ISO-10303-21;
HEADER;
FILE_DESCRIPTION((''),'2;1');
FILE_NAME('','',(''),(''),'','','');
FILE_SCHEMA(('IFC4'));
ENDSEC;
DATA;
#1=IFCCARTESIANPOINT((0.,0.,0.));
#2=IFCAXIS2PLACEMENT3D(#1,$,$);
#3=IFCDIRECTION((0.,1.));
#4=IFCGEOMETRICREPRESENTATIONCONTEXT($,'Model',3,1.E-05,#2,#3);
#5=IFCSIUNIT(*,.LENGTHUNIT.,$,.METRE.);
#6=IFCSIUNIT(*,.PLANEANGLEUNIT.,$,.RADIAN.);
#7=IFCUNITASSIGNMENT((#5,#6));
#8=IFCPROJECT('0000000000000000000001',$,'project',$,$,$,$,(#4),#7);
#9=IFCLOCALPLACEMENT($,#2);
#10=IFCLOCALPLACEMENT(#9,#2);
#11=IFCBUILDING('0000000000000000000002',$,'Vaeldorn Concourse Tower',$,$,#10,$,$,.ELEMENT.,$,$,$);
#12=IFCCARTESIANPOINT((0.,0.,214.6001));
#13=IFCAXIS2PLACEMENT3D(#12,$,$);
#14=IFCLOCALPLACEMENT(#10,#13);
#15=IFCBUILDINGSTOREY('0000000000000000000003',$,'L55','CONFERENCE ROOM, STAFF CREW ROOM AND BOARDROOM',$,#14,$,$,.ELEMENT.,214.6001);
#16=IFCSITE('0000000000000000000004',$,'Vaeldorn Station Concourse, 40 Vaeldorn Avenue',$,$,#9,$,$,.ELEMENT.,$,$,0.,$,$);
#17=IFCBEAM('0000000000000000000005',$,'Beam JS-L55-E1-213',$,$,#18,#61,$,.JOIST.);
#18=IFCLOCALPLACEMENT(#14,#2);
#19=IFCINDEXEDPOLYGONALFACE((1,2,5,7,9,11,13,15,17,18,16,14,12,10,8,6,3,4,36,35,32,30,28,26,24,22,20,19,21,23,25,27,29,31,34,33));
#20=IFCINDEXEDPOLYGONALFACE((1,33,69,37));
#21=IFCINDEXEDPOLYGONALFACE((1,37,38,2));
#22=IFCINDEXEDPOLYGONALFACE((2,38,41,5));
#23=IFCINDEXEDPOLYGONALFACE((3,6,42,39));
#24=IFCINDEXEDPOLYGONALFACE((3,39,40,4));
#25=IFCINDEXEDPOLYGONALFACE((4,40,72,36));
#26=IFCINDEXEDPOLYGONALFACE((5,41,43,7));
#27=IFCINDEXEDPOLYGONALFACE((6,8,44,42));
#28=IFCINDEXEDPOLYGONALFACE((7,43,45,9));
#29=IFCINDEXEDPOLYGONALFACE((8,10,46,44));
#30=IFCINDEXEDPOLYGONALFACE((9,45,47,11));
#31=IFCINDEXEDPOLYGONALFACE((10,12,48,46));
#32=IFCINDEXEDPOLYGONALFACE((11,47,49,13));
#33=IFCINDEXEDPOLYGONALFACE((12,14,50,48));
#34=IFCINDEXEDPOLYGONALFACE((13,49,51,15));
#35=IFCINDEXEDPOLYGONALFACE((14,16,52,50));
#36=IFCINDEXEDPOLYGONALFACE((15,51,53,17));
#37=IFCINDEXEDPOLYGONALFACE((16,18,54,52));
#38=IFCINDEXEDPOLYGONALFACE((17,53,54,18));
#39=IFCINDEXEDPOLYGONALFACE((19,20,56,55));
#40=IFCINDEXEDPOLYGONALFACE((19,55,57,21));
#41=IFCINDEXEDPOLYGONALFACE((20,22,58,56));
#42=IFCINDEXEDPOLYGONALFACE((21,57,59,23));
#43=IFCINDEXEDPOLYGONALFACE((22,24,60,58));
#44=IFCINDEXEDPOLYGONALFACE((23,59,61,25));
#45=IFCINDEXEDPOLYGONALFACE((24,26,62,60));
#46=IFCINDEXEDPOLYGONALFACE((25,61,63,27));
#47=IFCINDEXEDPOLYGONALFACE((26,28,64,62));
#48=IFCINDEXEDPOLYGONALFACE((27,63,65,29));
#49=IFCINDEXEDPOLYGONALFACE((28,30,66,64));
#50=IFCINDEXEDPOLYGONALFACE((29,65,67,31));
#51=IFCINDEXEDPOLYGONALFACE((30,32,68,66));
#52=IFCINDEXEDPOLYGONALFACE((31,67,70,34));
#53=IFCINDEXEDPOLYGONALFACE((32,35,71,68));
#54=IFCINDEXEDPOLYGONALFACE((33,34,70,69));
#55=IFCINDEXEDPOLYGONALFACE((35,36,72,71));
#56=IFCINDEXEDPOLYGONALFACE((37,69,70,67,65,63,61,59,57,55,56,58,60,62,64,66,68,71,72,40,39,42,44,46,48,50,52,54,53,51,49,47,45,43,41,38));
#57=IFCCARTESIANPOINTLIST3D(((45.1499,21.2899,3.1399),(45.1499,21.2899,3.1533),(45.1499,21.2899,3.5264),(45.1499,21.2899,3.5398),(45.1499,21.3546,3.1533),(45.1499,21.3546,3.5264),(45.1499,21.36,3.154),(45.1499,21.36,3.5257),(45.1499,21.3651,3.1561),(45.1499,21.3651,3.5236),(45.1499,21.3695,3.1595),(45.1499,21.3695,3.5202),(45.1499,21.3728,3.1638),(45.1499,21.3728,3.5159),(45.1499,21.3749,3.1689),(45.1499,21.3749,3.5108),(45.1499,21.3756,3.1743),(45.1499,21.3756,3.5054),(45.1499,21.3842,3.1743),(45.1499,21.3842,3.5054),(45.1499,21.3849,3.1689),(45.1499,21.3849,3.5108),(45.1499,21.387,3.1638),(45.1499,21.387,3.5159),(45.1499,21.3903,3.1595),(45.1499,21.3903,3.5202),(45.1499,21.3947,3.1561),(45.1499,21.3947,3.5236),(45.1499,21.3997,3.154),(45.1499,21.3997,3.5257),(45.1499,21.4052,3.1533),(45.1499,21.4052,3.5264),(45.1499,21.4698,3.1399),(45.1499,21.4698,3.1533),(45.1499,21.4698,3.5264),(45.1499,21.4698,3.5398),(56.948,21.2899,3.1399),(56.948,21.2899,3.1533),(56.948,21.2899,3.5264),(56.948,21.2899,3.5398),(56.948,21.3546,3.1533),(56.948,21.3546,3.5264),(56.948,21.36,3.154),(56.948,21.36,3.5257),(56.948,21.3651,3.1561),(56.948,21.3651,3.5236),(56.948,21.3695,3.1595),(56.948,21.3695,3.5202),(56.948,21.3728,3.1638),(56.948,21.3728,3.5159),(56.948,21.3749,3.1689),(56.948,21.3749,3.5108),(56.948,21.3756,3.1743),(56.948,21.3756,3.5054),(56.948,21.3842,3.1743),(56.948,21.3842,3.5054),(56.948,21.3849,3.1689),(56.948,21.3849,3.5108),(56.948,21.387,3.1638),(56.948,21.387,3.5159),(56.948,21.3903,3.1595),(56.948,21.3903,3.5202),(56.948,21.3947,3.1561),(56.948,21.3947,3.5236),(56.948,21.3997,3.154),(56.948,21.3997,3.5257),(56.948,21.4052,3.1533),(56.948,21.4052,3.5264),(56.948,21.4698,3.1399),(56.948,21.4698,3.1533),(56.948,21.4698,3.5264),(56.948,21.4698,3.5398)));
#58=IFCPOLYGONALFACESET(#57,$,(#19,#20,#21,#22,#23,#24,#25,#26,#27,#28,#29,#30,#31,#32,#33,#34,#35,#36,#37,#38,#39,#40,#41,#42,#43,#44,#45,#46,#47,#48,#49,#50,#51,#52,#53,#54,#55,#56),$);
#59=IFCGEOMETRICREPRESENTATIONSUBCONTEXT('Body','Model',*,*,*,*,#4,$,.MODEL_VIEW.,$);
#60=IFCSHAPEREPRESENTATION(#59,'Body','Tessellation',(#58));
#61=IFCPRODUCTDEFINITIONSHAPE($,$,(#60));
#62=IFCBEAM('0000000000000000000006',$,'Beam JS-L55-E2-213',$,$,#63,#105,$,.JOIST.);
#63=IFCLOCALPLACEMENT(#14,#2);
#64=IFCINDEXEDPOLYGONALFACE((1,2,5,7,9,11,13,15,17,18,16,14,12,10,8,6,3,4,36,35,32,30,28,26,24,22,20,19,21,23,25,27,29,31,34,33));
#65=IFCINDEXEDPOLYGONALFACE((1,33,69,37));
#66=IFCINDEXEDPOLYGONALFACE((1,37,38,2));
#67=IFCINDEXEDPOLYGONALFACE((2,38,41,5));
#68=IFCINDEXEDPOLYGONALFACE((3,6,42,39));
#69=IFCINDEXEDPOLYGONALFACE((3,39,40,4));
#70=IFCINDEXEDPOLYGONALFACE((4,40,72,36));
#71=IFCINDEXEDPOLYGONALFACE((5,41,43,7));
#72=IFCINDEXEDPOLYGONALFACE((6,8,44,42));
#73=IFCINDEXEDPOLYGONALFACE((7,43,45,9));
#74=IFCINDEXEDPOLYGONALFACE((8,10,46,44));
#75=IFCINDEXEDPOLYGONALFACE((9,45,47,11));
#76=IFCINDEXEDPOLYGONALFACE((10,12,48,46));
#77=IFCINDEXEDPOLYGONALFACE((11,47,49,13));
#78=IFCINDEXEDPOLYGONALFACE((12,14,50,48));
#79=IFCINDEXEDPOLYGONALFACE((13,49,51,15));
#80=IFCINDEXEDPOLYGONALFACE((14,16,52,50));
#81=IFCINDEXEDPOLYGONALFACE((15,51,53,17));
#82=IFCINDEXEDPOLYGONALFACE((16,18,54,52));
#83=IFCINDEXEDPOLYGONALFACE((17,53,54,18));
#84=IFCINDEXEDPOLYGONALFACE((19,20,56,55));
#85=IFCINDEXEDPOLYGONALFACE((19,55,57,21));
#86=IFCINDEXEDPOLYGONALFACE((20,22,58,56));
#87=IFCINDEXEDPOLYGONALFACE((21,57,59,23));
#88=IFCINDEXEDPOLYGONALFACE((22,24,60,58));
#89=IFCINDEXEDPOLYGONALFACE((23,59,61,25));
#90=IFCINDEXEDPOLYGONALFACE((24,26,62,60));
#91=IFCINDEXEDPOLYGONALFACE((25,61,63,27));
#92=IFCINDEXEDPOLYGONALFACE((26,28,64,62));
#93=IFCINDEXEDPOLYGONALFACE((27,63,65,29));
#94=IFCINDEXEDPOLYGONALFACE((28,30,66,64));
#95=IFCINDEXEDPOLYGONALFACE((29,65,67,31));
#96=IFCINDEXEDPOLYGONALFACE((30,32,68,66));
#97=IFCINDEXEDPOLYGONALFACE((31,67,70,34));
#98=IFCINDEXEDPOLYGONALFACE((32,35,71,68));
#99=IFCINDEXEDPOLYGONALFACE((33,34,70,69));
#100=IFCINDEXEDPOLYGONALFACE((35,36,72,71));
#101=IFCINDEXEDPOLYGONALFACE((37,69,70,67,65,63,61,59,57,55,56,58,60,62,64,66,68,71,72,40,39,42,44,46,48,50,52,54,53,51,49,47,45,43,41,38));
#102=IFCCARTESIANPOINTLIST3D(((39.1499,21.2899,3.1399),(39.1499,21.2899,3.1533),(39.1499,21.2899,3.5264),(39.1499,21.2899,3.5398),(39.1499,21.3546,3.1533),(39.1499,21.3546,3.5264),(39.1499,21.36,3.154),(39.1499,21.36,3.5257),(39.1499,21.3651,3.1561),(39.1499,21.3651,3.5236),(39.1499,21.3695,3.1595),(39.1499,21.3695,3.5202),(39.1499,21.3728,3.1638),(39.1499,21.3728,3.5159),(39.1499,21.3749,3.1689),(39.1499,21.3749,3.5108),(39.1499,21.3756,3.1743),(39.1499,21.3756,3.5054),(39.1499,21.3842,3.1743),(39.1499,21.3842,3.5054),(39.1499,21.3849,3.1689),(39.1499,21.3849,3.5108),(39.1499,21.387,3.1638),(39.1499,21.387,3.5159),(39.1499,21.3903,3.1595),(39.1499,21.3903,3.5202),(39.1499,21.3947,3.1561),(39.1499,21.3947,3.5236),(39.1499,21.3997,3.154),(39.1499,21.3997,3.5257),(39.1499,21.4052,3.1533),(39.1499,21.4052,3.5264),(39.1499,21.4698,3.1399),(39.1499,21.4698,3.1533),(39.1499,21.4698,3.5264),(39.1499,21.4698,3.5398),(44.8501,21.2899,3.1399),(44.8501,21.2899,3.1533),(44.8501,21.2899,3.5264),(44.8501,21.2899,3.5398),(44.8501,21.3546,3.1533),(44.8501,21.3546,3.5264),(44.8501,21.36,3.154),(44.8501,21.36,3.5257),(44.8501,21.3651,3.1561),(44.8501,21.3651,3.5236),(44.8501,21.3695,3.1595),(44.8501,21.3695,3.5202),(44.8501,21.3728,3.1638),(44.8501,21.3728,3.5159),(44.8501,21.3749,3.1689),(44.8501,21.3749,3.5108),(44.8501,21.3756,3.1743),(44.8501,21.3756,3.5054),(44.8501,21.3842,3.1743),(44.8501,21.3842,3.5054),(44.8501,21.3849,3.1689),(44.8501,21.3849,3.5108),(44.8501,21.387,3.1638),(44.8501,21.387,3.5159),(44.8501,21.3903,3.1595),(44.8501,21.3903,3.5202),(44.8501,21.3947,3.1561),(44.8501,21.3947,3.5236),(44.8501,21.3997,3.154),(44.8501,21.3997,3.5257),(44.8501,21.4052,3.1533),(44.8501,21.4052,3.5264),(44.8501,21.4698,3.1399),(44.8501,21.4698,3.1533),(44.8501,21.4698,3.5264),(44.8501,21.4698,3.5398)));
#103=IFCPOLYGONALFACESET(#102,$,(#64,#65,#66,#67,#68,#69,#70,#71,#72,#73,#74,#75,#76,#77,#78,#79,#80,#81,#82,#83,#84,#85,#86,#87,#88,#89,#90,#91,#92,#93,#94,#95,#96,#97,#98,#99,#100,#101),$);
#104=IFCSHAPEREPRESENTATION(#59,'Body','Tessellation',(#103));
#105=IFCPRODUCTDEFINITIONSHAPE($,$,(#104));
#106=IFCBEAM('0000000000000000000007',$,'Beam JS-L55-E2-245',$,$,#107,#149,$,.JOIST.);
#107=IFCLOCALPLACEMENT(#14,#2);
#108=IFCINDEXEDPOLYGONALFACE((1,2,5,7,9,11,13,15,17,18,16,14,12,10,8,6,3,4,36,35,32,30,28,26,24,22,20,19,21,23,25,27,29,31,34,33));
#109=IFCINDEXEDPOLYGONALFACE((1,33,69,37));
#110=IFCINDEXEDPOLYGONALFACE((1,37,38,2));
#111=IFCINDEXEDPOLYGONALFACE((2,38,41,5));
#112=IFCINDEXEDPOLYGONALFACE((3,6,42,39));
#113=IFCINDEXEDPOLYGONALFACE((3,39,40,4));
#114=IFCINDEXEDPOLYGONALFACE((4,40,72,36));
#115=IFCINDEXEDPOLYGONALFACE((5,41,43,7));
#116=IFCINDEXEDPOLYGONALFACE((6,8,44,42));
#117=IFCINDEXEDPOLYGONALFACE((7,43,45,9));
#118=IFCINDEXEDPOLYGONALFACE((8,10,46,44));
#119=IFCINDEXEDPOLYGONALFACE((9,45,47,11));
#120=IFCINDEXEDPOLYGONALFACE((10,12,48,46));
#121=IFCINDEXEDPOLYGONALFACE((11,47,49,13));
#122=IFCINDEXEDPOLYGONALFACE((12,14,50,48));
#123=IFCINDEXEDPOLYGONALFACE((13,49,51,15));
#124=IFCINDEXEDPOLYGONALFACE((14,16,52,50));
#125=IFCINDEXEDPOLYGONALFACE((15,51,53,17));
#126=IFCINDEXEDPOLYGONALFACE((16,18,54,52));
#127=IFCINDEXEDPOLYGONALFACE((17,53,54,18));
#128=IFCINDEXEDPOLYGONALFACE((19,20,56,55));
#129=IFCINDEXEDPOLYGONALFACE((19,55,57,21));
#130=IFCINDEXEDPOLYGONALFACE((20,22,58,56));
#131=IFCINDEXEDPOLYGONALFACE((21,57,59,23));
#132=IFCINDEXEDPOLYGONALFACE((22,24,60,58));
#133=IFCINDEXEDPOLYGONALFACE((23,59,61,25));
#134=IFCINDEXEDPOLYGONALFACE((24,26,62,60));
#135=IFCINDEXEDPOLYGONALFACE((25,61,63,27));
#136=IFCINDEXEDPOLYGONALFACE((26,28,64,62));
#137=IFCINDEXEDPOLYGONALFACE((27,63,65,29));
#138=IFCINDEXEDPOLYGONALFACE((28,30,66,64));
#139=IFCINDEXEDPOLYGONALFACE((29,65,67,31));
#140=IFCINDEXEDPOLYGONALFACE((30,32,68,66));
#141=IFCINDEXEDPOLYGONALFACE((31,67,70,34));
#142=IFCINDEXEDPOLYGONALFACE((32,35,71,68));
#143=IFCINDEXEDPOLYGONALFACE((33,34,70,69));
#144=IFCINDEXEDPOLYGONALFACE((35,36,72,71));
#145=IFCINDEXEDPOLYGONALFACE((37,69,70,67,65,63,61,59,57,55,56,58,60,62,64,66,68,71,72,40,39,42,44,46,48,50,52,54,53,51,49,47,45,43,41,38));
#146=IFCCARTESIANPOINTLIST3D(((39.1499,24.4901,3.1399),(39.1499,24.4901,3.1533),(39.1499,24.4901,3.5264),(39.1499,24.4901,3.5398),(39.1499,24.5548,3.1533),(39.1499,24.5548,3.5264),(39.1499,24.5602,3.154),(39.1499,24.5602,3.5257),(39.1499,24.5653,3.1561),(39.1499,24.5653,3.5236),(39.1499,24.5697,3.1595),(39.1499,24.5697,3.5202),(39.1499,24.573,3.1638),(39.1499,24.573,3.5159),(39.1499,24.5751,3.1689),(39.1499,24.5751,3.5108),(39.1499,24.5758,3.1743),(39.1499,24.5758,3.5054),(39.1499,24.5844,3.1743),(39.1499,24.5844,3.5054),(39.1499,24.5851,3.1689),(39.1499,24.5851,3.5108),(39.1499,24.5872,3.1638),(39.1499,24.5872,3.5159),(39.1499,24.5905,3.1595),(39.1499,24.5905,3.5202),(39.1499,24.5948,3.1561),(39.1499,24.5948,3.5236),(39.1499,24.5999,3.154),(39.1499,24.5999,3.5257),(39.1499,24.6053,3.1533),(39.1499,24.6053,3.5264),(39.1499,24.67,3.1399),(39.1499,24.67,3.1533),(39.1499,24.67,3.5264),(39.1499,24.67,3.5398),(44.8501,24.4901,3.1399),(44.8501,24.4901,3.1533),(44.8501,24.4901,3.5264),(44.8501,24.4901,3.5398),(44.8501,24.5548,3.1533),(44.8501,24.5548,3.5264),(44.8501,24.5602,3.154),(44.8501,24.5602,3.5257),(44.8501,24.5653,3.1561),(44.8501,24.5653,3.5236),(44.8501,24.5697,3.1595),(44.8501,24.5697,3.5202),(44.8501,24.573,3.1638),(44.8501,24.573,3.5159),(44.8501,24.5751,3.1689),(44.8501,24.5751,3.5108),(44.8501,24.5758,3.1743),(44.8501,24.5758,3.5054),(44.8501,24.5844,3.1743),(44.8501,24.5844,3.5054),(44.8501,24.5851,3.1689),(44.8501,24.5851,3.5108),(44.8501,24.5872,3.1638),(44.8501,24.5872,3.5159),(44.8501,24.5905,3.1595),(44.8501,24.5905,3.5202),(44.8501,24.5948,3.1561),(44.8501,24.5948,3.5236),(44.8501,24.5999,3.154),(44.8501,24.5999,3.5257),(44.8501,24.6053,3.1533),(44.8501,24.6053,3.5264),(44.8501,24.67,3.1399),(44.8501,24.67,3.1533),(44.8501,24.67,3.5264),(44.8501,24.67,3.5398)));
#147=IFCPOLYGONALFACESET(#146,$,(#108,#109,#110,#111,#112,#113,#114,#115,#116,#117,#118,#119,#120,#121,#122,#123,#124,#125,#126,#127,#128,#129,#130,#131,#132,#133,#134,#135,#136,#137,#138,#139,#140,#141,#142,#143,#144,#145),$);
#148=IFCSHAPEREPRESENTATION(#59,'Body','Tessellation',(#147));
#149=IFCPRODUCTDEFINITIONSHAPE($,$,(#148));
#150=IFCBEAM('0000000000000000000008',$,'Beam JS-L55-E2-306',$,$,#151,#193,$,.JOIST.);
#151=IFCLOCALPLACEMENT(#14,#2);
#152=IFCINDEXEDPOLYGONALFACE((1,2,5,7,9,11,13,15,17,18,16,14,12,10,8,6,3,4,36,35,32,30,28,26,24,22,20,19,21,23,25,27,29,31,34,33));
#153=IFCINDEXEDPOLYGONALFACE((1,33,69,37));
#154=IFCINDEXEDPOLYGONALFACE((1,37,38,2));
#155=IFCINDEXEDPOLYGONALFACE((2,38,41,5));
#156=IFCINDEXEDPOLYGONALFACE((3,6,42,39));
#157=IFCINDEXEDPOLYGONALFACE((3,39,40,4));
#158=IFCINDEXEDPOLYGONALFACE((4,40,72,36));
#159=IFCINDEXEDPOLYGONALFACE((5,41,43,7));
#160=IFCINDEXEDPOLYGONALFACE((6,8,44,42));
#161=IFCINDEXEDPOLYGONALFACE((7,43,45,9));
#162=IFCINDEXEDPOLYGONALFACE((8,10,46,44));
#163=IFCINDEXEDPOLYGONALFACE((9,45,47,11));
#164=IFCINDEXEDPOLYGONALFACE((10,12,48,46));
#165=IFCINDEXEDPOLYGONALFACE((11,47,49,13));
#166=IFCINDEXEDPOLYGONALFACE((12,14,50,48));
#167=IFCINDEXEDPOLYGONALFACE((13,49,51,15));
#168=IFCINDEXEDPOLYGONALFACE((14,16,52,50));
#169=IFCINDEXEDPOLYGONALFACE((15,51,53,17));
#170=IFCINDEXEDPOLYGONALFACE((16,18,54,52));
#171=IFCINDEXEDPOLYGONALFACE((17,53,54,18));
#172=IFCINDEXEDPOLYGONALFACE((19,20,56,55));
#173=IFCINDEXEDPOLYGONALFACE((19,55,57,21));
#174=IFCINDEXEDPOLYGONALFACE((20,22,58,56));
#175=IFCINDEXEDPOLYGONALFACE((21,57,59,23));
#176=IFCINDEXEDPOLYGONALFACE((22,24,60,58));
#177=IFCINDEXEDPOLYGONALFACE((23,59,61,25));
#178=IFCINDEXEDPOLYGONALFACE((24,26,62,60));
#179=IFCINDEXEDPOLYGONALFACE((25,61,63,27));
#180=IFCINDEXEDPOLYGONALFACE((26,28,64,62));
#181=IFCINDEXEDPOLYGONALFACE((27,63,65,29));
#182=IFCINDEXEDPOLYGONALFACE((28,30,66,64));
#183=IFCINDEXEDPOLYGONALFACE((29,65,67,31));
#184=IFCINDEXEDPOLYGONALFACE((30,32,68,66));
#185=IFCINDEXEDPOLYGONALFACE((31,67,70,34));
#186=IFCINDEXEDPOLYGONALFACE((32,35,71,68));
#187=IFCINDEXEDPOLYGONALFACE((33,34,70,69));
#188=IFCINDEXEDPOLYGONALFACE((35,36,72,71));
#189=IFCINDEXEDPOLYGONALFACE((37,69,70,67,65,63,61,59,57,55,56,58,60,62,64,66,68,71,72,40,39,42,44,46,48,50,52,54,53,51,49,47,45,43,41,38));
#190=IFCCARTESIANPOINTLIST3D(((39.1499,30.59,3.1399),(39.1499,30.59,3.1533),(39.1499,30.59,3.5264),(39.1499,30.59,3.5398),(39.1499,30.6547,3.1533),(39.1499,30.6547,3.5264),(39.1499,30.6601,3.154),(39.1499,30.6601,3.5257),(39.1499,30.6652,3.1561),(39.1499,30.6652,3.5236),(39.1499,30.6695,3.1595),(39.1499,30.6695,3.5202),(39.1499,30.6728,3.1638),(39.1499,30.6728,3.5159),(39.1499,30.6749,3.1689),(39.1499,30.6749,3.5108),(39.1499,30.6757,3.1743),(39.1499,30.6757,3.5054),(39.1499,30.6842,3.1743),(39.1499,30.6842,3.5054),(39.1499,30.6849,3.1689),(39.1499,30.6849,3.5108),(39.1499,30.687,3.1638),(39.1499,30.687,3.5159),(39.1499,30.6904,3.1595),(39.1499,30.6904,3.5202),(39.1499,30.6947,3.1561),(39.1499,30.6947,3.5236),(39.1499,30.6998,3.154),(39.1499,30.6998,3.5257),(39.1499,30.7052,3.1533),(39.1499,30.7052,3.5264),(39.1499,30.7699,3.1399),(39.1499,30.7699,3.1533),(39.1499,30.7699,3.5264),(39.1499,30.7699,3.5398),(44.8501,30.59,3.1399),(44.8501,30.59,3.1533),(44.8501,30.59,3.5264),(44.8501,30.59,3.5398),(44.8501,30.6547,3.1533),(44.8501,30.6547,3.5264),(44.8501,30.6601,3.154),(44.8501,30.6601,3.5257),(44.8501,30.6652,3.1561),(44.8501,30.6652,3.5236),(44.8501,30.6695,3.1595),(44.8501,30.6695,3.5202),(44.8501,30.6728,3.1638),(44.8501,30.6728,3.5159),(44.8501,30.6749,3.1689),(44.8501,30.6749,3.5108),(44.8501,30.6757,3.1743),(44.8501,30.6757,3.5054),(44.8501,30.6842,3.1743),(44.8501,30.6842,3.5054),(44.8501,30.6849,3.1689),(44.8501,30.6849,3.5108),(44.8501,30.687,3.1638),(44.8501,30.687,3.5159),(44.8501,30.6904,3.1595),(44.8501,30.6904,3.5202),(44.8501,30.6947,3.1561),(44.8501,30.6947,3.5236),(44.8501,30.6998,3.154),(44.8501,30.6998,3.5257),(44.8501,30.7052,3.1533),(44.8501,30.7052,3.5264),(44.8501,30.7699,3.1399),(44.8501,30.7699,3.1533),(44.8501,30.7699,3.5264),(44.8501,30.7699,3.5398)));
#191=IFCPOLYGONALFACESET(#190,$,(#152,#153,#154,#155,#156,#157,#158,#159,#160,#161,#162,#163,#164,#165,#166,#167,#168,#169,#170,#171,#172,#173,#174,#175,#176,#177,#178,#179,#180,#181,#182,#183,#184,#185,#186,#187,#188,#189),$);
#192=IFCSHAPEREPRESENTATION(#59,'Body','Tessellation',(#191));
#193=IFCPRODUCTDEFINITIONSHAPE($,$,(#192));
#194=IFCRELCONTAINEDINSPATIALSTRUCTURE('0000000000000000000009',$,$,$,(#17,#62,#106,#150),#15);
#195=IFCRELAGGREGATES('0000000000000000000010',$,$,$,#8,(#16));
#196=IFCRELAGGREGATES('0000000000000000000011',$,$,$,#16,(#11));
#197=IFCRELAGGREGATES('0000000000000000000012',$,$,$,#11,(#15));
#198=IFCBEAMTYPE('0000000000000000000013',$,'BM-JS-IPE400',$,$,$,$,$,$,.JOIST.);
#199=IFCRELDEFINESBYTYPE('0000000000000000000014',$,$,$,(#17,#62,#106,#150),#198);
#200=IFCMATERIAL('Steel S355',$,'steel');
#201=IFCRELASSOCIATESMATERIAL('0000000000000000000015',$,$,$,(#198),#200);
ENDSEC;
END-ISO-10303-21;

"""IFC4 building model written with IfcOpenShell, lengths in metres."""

from ifc_helpers import new_model, si_unit, direction, frame, origin, origin_2d, place, context, subcontext, project, spatial, i_section, extrude, source, transform, mapped, material, material_profile, profile_set, type_object, element, save


model = new_model("IFC4")

# Units and contexts
model_context = context("Model", 3, precision=1e-05, world=origin(), true_north=direction((0.0, 1.0)))
body_context = subcontext(model_context, "Body", "Model", "MODEL_VIEW")
ifc_project = project(units=[si_unit("LENGTHUNIT", "METRE"), si_unit("PLANEANGLEUNIT", "RADIAN")], contexts=[model_context])

# Site, building, storey
site_placement = place(None, origin())
site = spatial("IfcSite", under=ifc_project, at=site_placement, Name="Vaeldorn Station Concourse, 40 Vaeldorn Avenue", CompositionType="ELEMENT", RefElevation=0.0)
building_placement = place(site_placement, origin())
building = spatial("IfcBuilding", under=site, at=building_placement, Name="Vaeldorn Concourse Tower", CompositionType="ELEMENT")
storey_placement = place(building_placement, frame((0.0, 0.0, 214.6001)))
storey = spatial("IfcBuildingStorey", under=building, at=storey_placement, Name="L55", Description="CONFERENCE ROOM, STAFF CREW ROOM AND BOARDROOM", CompositionType="ELEMENT", Elevation=214.6001)

# Shared definitions
ifc_material_1 = material(Name="Steel S355", Category="steel")

# Beams
ifc_material_profile_1 = material_profile(ifc_material_1, i_section(OverallWidth=0.1799, OverallDepth=0.3999, WebThickness=0.0085, FlangeThickness=0.0134, FilletRadius=0.021, at=origin_2d()), Name="IPE 400")
ifc_profile_set_1 = profile_set([ifc_material_profile_1], Name="Steel S355")
beam_type_1 = type_object("IfcBeamType", Name="BM-JS-IPE400", PredefinedType="JOIST", material=ifc_profile_set_1)
shared_shape_1 = source(origin(), body_context, "Body", "SweptSolid", [
    extrude(i_section(OverallWidth=0.1799, OverallDepth=0.3999, WebThickness=0.0085, FlangeThickness=0.0134, FilletRadius=0.021, at=origin_2d()), origin(), (0.0, 0.0, 1.0), 11.7981),
])
beam_1_placement = place(storey_placement, frame((45.1499, 21.3799, 3.3398), z_axis=(1.0, 0.0, 0.0), x_axis=(0.0, 1.0, 0.0)))
element("IfcBeam", 1, at=beam_1_placement, inside=storey, type_object=beam_type_1, Name="Beam JS-L55-E1-213", PredefinedType="JOIST", context=body_context, shape_type="MappedRepresentation", body=[
    mapped(shared_shape_1, transform((0.0, 0.0, 0.0), scale=1.0)),
])
shared_shape_2 = source(origin(), body_context, "Body", "SweptSolid", [
    extrude(i_section(OverallWidth=0.1799, OverallDepth=0.3999, WebThickness=0.0085, FlangeThickness=0.0134, FilletRadius=0.021, at=origin_2d()), origin(), (0.0, 0.0, 1.0), 5.7002),
])
for number, where, z_axis, x_axis, name in (
    (2, (39.1499, 21.3799, 3.3398), (1.0, 0.0, 0.0), (0.0, 1.0, 0.0), "Beam JS-L55-E2-213"),
    (3, (39.1499, 24.5801, 3.3398), (1.0, 0.0, 0.0), (0.0, 1.0, 0.0), "Beam JS-L55-E2-245"),
    (4, (39.1499, 30.6799, 3.3398), (1.0, 0.0, 0.0), (0.0, 1.0, 0.0), "Beam JS-L55-E2-306"),
):
    element("IfcBeam", number, at=place(storey_placement, frame(where, z_axis=z_axis, x_axis=x_axis)), inside=storey, type_object=beam_type_1, Name=name, PredefinedType="JOIST", context=body_context, shape_type="MappedRepresentation", body=[
        mapped(shared_shape_2, transform((0.0, 0.0, 0.0), scale=1.0)),
    ])

save(model, "model.ifc")
